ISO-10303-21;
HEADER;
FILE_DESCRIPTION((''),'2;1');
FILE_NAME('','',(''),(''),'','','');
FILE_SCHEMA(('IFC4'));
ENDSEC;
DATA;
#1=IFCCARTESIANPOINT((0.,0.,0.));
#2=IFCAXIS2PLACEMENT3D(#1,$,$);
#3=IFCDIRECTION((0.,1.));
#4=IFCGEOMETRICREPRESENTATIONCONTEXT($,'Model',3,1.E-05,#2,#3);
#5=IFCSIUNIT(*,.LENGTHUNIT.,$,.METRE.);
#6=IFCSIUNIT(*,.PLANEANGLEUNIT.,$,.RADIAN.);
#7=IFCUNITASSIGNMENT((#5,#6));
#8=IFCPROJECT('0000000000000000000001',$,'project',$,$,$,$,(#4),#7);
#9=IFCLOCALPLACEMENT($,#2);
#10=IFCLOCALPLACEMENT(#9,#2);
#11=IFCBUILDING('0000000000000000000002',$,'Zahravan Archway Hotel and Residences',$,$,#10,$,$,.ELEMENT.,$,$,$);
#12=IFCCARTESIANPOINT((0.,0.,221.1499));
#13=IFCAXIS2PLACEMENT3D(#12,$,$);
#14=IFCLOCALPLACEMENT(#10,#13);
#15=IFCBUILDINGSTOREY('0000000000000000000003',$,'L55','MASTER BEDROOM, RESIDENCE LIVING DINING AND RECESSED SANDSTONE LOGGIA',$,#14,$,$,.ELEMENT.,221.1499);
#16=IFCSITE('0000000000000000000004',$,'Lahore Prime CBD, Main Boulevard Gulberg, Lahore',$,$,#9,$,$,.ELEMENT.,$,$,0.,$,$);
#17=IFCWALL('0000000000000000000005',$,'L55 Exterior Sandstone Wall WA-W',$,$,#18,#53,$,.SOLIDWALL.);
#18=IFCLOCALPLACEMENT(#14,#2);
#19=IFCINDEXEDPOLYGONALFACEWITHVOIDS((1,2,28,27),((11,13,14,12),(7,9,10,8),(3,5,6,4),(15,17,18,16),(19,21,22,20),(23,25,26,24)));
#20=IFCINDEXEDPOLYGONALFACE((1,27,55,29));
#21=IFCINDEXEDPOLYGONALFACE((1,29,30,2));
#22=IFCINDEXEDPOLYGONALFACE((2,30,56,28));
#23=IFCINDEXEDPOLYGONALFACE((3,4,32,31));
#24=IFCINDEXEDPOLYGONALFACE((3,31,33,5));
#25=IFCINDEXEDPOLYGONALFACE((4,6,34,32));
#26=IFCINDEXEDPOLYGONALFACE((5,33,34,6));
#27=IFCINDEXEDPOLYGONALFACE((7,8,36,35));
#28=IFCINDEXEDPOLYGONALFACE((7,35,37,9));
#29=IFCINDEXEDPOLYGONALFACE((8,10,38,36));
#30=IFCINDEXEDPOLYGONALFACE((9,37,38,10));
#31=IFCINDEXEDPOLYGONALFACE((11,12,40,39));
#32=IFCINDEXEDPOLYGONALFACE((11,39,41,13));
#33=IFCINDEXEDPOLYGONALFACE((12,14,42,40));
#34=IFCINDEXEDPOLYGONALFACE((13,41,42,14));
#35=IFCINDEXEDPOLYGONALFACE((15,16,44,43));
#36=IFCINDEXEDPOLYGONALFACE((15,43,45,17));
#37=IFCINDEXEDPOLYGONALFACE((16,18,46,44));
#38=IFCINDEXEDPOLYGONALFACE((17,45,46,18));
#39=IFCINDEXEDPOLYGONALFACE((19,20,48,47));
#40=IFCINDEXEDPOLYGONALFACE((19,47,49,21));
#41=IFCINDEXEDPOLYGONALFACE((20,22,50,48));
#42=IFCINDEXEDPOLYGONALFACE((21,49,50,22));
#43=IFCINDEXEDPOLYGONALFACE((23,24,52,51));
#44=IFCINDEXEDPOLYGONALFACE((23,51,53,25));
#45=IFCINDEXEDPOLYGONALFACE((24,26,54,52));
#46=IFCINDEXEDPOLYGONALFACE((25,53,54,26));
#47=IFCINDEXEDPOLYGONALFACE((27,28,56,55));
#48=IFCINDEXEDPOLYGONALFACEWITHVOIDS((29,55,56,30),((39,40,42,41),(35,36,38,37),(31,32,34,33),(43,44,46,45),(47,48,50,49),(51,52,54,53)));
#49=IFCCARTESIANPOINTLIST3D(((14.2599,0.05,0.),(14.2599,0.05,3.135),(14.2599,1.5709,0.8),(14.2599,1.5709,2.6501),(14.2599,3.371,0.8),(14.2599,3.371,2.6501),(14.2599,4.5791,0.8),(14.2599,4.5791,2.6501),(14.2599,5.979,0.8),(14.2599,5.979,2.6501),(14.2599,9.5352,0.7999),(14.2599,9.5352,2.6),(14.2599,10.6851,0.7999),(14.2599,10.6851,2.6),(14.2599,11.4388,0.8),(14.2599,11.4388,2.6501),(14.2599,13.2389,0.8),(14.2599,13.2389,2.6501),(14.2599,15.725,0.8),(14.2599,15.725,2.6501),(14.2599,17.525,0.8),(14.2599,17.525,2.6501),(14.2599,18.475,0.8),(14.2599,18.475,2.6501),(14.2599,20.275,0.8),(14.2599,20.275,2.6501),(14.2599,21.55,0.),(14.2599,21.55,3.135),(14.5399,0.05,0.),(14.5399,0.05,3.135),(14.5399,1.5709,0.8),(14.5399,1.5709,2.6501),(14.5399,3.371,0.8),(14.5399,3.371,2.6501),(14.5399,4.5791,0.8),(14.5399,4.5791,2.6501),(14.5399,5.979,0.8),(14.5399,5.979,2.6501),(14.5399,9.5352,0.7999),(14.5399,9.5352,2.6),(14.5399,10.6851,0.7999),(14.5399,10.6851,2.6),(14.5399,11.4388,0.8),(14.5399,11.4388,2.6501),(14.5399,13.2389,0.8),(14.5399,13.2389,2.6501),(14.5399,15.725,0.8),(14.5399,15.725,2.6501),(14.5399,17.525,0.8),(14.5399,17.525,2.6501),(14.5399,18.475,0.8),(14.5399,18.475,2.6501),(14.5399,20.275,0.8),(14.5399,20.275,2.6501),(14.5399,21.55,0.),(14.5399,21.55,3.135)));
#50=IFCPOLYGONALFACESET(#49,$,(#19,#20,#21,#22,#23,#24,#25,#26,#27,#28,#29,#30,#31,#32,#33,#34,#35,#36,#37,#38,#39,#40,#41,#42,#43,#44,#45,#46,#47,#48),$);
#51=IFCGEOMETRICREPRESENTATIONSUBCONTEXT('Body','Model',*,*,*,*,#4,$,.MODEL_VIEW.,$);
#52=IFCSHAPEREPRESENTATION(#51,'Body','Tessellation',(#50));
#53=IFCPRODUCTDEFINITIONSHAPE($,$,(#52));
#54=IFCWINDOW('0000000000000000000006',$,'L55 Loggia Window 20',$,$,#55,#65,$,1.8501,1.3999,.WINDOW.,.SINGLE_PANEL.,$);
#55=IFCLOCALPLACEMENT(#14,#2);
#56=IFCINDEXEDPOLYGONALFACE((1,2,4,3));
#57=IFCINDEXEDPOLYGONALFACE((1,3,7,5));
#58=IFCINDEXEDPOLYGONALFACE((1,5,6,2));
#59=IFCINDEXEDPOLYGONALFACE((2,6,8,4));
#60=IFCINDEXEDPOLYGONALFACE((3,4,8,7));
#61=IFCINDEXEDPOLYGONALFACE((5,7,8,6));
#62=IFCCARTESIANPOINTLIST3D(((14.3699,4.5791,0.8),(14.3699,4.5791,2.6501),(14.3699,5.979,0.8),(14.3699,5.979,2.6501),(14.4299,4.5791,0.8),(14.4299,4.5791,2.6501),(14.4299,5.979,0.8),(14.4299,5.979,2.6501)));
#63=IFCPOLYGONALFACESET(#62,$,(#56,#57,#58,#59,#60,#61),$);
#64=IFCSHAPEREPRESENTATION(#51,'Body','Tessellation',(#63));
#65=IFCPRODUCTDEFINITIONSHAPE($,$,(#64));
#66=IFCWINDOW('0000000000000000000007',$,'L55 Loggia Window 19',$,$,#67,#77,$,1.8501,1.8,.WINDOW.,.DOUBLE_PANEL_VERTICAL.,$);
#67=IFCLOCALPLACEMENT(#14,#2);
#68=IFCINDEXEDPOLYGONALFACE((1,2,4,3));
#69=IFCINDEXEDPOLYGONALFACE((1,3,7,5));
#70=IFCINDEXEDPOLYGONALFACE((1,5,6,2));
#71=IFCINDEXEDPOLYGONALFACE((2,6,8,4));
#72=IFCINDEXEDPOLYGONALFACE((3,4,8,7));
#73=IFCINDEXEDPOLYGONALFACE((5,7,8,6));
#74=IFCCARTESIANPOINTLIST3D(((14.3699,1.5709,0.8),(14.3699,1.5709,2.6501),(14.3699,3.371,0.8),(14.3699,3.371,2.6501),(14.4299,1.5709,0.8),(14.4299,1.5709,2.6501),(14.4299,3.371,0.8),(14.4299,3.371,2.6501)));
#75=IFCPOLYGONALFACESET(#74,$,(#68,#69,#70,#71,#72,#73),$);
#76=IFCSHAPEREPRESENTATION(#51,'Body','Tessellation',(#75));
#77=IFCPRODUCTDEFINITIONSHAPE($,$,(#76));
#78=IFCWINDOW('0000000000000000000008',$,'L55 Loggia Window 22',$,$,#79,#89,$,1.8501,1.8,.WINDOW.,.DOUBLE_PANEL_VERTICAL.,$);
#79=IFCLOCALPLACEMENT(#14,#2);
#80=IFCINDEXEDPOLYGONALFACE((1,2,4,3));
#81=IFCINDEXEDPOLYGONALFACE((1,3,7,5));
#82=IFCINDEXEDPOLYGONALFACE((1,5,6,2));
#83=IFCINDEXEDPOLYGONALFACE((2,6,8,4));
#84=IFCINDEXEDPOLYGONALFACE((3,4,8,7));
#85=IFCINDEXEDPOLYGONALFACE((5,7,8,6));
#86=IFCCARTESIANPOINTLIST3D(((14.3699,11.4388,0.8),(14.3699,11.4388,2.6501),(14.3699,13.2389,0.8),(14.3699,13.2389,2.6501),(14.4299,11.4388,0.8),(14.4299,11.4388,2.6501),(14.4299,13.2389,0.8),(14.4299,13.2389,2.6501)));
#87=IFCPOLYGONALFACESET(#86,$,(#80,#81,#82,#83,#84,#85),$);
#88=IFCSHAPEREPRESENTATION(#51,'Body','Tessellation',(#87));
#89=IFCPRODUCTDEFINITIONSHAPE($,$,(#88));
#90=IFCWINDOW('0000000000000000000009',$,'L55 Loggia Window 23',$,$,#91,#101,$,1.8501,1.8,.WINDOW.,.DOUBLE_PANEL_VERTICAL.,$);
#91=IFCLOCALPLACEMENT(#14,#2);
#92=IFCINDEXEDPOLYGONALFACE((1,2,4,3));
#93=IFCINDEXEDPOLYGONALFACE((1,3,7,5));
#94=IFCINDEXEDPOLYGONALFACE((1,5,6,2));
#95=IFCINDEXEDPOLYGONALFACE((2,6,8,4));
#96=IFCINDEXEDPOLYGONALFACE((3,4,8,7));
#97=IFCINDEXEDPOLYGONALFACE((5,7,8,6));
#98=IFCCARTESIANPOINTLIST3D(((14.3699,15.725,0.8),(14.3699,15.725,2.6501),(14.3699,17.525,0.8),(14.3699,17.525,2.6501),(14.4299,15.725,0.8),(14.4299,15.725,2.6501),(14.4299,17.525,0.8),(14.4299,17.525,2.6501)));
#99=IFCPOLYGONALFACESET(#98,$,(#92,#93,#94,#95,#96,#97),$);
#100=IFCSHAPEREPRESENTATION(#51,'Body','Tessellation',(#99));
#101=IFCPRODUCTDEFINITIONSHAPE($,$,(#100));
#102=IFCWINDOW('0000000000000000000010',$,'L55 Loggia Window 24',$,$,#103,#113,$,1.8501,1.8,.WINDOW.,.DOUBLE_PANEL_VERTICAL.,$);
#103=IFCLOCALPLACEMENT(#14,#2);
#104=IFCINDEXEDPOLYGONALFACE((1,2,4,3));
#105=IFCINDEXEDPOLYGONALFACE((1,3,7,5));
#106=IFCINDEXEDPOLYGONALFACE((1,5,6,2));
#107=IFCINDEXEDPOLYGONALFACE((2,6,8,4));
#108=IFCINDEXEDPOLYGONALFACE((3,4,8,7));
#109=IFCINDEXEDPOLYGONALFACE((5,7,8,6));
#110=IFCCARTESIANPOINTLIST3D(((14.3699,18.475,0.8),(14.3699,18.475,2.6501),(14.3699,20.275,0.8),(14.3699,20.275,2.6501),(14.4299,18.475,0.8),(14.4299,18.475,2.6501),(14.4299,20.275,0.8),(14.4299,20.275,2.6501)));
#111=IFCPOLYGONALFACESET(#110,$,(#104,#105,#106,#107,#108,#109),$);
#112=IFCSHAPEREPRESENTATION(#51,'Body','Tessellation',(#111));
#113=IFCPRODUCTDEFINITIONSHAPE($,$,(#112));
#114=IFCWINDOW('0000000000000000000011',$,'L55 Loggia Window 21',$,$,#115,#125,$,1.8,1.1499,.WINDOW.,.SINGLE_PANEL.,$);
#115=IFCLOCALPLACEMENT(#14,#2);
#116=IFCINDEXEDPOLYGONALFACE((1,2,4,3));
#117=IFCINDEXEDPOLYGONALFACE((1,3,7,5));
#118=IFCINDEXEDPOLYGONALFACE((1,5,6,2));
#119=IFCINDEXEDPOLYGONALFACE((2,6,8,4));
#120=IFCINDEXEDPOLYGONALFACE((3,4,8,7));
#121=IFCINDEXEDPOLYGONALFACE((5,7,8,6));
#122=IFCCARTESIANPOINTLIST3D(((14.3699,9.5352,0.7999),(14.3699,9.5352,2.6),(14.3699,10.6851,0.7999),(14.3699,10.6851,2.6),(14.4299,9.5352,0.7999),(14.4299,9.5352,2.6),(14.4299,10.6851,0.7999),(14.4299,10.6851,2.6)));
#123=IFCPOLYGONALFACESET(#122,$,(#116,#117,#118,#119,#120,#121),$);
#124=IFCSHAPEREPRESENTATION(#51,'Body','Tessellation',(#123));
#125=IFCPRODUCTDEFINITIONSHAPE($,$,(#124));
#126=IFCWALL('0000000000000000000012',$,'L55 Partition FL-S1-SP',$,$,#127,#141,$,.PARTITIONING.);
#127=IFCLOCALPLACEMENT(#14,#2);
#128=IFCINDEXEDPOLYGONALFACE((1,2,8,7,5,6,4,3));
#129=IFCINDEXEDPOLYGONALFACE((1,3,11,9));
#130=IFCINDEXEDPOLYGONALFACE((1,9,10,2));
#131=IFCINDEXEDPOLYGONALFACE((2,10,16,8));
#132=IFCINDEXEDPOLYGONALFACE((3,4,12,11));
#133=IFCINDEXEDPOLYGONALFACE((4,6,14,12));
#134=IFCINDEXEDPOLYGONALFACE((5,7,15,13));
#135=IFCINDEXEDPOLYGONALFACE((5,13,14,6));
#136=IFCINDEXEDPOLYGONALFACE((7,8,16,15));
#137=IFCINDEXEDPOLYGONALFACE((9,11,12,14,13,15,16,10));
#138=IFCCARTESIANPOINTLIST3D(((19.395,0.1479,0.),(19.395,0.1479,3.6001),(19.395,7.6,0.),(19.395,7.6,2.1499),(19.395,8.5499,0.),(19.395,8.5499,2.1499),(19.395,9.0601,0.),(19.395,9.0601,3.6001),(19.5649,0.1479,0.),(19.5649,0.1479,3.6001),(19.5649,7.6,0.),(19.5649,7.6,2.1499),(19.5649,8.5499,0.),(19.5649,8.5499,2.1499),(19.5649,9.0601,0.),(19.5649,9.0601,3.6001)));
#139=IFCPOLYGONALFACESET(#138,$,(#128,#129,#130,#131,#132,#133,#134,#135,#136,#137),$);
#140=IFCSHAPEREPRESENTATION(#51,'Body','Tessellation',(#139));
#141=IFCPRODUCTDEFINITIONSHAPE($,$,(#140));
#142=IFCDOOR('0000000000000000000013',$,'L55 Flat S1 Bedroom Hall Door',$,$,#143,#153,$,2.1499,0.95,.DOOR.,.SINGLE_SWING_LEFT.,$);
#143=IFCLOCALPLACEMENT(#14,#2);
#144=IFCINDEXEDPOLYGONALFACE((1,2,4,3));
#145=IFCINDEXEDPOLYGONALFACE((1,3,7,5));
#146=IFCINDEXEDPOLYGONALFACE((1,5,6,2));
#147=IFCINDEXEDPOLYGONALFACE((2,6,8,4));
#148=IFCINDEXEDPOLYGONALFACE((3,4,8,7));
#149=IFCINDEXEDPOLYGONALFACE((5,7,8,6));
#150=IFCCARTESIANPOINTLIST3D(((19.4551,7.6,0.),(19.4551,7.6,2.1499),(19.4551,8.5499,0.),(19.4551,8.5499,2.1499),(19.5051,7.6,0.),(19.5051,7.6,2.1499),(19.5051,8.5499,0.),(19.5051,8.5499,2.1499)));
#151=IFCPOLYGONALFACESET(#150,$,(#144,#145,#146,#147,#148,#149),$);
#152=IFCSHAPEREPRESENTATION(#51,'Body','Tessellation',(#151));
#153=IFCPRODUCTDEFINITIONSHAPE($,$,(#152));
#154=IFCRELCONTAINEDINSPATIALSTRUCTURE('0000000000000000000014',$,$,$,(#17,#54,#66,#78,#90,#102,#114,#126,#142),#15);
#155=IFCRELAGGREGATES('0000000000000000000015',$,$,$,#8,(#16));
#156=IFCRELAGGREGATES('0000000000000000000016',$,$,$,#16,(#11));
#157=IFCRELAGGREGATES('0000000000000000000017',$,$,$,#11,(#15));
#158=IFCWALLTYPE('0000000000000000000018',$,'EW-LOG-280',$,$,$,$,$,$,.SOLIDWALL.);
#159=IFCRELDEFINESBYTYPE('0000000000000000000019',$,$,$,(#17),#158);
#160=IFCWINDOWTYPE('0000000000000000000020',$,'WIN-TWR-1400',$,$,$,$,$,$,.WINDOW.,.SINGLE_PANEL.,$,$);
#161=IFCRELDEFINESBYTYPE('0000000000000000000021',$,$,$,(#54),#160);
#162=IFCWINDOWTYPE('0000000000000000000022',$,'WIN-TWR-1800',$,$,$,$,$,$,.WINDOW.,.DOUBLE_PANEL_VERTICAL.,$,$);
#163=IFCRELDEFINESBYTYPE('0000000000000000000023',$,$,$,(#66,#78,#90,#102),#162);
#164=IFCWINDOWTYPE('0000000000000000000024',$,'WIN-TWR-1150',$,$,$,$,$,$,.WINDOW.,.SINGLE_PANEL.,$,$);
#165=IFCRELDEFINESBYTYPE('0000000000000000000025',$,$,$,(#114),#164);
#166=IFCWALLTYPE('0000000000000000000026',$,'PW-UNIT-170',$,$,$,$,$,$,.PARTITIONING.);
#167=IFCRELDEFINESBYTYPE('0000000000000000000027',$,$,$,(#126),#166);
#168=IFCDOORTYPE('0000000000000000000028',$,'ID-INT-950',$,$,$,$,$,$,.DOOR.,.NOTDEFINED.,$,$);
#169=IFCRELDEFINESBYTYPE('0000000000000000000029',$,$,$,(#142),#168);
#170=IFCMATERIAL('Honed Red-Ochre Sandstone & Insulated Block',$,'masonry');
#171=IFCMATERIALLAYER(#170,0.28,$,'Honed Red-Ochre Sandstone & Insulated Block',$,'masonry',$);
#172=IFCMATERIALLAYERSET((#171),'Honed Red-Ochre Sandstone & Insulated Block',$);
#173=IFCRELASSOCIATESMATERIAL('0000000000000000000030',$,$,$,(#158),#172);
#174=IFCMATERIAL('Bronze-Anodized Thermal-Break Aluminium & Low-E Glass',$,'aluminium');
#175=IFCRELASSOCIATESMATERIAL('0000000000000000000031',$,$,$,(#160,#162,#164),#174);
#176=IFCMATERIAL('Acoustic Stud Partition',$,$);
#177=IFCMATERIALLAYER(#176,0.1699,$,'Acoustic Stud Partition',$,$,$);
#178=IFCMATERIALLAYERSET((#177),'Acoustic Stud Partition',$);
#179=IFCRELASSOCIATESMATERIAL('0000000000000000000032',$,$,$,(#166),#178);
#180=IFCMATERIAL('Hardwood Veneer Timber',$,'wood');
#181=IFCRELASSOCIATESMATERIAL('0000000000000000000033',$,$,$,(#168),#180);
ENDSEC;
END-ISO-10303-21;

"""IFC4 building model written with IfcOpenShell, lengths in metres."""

from ifc_helpers import new_model, si_unit, direction, frame, frame_2d, origin, place, context, subcontext, project, spatial, rectangle, extrude, source, transform, mapped, material, layer, layer_set, type_object, type_shapes, element, fill, save


model = new_model("IFC4")

# Units and contexts
model_context = context("Model", 3, precision=1e-05, world=origin(), true_north=direction((0.0, 1.0)))
body_context = subcontext(model_context, "Body", "Model", "MODEL_VIEW")
ifc_project = project(units=[si_unit("LENGTHUNIT", "METRE"), si_unit("PLANEANGLEUNIT", "RADIAN")], contexts=[model_context])

# Site, building, storey
site_placement = place(None, origin())
site = spatial("IfcSite", under=ifc_project, at=site_placement, Name="Lahore Prime CBD, Main Boulevard Gulberg, Lahore", CompositionType="ELEMENT", RefElevation=0.0)
building_placement = place(site_placement, origin())
building = spatial("IfcBuilding", under=site, at=building_placement, Name="Zahravan Archway Hotel and Residences", CompositionType="ELEMENT")
storey_placement = place(building_placement, frame((0.0, 0.0, 221.1499)))
storey = spatial("IfcBuildingStorey", under=building, at=storey_placement, Name="L55", Description="MASTER BEDROOM, RESIDENCE LIVING DINING AND RECESSED SANDSTONE LOGGIA", CompositionType="ELEMENT", Elevation=221.1499)

# Wall, openings, windows
ifc_material_1 = material(Name="Honed Red-Ochre Sandstone & Insulated Block", Category="masonry")
ifc_layer_1 = layer(ifc_material_1, 0.28, Name="Honed Red-Ochre Sandstone & Insulated Block", Category="masonry")
ifc_layer_set_1 = layer_set([ifc_layer_1], Name="Honed Red-Ochre Sandstone & Insulated Block")
wall_type_1 = type_object("IfcWallType", Name="EW-LOG-280", PredefinedType="SOLIDWALL", material=ifc_layer_set_1)
wall_1_placement = place(storey_placement, frame((14.3999, 0.05, 0.0), z_axis=(0.0, 0.0, 1.0), x_axis=(0.0, 1.0, 0.0)))
wall_1 = element("IfcWall", 1, at=wall_1_placement, inside=storey, type_object=wall_type_1, Name="L55 Exterior Sandstone Wall WA-W", PredefinedType="SOLIDWALL", context=body_context, shape_type="SweptSolid", body=[
    extrude(rectangle(XDim=21.5, YDim=0.28, at=frame_2d((10.75, 0.0))), origin(), (0.0, 0.0, 1.0), 3.135),
])
opening_1_placement = place(wall_1_placement, frame((1.521, 0.0, 0.8)))
opening_1 = element("IfcOpeningElement", 2, at=opening_1_placement, cuts=wall_1, PredefinedType="OPENING", context=body_context, shape_type="SweptSolid", body=[
    extrude(rectangle(XDim=1.8, YDim=1.8501, at=frame_2d((0.8999, 0.925))), frame((0.0, 0.1499, 0.0), z_axis=(0.0, -1.0, 0.0), x_axis=(1.0, 0.0, 0.0)), (0.0, 0.0, 1.0), 0.3),
])
opening_2_placement = place(wall_1_placement, frame((4.5291, 0.0, 0.8)))
opening_2 = element("IfcOpeningElement", 3, at=opening_2_placement, cuts=wall_1, PredefinedType="OPENING", context=body_context, shape_type="SweptSolid", body=[
    extrude(rectangle(XDim=1.3999, YDim=1.8501, at=frame_2d((0.7, 0.925))), frame((0.0, 0.1499, 0.0), z_axis=(0.0, -1.0, 0.0), x_axis=(1.0, 0.0, 0.0)), (0.0, 0.0, 1.0), 0.3),
])
opening_3_placement = place(wall_1_placement, frame((9.4851, 0.0, 0.8)))
opening_3 = element("IfcOpeningElement", 4, at=opening_3_placement, cuts=wall_1, PredefinedType="OPENING", context=body_context, shape_type="SweptSolid", body=[
    extrude(rectangle(XDim=1.1499, YDim=1.8, at=frame_2d((0.575, 0.8999))), frame((0.0, 0.1499, 0.0), z_axis=(0.0, -1.0, 0.0), x_axis=(1.0, 0.0, 0.0)), (0.0, 0.0, 1.0), 0.3),
])
opening_4_placement = place(wall_1_placement, frame((11.3889, 0.0, 0.8)))
opening_4 = element("IfcOpeningElement", 5, at=opening_4_placement, cuts=wall_1, PredefinedType="OPENING", context=body_context, shape_type="SweptSolid", body=[
    extrude(rectangle(XDim=1.8, YDim=1.8501, at=frame_2d((0.8999, 0.925))), frame((0.0, 0.1499, 0.0), z_axis=(0.0, -1.0, 0.0), x_axis=(1.0, 0.0, 0.0)), (0.0, 0.0, 1.0), 0.3),
])
opening_5_placement = place(wall_1_placement, frame((15.675, 0.0, 0.8)))
opening_5 = element("IfcOpeningElement", 6, at=opening_5_placement, cuts=wall_1, PredefinedType="OPENING", context=body_context, shape_type="SweptSolid", body=[
    extrude(rectangle(XDim=1.8, YDim=1.8501, at=frame_2d((0.8999, 0.925))), frame((0.0, 0.1499, 0.0), z_axis=(0.0, -1.0, 0.0), x_axis=(1.0, 0.0, 0.0)), (0.0, 0.0, 1.0), 0.3),
])
opening_6_placement = place(wall_1_placement, frame((18.425, 0.0, 0.8)))
opening_6 = element("IfcOpeningElement", 7, at=opening_6_placement, cuts=wall_1, PredefinedType="OPENING", context=body_context, shape_type="SweptSolid", body=[
    extrude(rectangle(XDim=1.8, YDim=1.8501, at=frame_2d((0.8999, 0.925))), frame((0.0, 0.1499, 0.0), z_axis=(0.0, -1.0, 0.0), x_axis=(1.0, 0.0, 0.0)), (0.0, 0.0, 1.0), 0.3),
])
ifc_material_2 = material(Name="Bronze-Anodized Thermal-Break Aluminium & Low-E Glass", Category="aluminium")
window_type_1 = type_object("IfcWindowType", Name="WIN-TWR-1400", PartitioningType="SINGLE_PANEL", PredefinedType="WINDOW", material=ifc_material_2)
shared_shape_1 = source(origin(), body_context, "Body", "SweptSolid", [
    extrude(rectangle(XDim=1.3999, YDim=1.8501, at=frame_2d((0.7, 0.925))), frame((0.0, 0.03, 0.0), z_axis=(0.0, -1.0, 0.0), x_axis=(1.0, 0.0, 0.0)), (0.0, 0.0, 1.0), 0.0601),
])
type_shapes(window_type_1, [shared_shape_1])
window_1_placement = place(opening_2_placement, origin())
window_1 = element("IfcWindow", 8, at=window_1_placement, inside=storey, type_object=window_type_1, Name="L55 Loggia Window 20", OverallHeight=1.8501, OverallWidth=1.3999, PartitioningType="SINGLE_PANEL", PredefinedType="WINDOW", context=body_context, shape_type="MappedRepresentation", body=[
    mapped(shared_shape_1, transform((0.0, 0.0, 0.0), scale=1.0)),
])
fill(opening_2, window_1)
window_type_2 = type_object("IfcWindowType", Name="WIN-TWR-1800", PartitioningType="DOUBLE_PANEL_VERTICAL", PredefinedType="WINDOW", material=ifc_material_2)
shared_shape_2 = source(origin(), body_context, "Body", "SweptSolid", [
    extrude(rectangle(XDim=1.8, YDim=1.8501, at=frame_2d((0.8999, 0.925))), frame((0.0, 0.03, 0.0), z_axis=(0.0, -1.0, 0.0), x_axis=(1.0, 0.0, 0.0)), (0.0, 0.0, 1.0), 0.0601),
])
type_shapes(window_type_2, [shared_shape_2])
window_2_placement = place(opening_1_placement, origin())
window_2 = element("IfcWindow", 9, at=window_2_placement, inside=storey, type_object=window_type_2, Name="L55 Loggia Window 19", OverallHeight=1.8501, OverallWidth=1.8, PartitioningType="DOUBLE_PANEL_VERTICAL", PredefinedType="WINDOW", context=body_context, shape_type="MappedRepresentation", body=[
    mapped(shared_shape_2, transform((0.0, 0.0, 0.0), scale=1.0)),
])
fill(opening_1, window_2)
window_3_placement = place(opening_4_placement, origin())
window_3 = element("IfcWindow", 10, at=window_3_placement, inside=storey, type_object=window_type_2, Name="L55 Loggia Window 22", OverallHeight=1.8501, OverallWidth=1.8, PartitioningType="DOUBLE_PANEL_VERTICAL", PredefinedType="WINDOW", context=body_context, shape_type="MappedRepresentation", body=[
    mapped(shared_shape_2, transform((0.0, 0.0, 0.0), scale=1.0)),
])
fill(opening_4, window_3)
window_4_placement = place(opening_5_placement, origin())
window_4 = element("IfcWindow", 11, at=window_4_placement, inside=storey, type_object=window_type_2, Name="L55 Loggia Window 23", OverallHeight=1.8501, OverallWidth=1.8, PartitioningType="DOUBLE_PANEL_VERTICAL", PredefinedType="WINDOW", context=body_context, shape_type="MappedRepresentation", body=[
    mapped(shared_shape_2, transform((0.0, 0.0, 0.0), scale=1.0)),
])
fill(opening_5, window_4)
window_5_placement = place(opening_6_placement, origin())
window_5 = element("IfcWindow", 12, at=window_5_placement, inside=storey, type_object=window_type_2, Name="L55 Loggia Window 24", OverallHeight=1.8501, OverallWidth=1.8, PartitioningType="DOUBLE_PANEL_VERTICAL", PredefinedType="WINDOW", context=body_context, shape_type="MappedRepresentation", body=[
    mapped(shared_shape_2, transform((0.0, 0.0, 0.0), scale=1.0)),
])
fill(opening_6, window_5)
window_type_3 = type_object("IfcWindowType", Name="WIN-TWR-1150", PartitioningType="SINGLE_PANEL", PredefinedType="WINDOW", material=ifc_material_2)
shared_shape_3 = source(origin(), body_context, "Body", "SweptSolid", [
    extrude(rectangle(XDim=1.1499, YDim=1.8, at=frame_2d((0.575, 0.8999))), frame((0.0, 0.03, 0.0), z_axis=(0.0, -1.0, 0.0), x_axis=(1.0, 0.0, 0.0)), (0.0, 0.0, 1.0), 0.0601),
])
type_shapes(window_type_3, [shared_shape_3])
window_6_placement = place(opening_3_placement, origin())
window_6 = element("IfcWindow", 13, at=window_6_placement, inside=storey, type_object=window_type_3, Name="L55 Loggia Window 21", OverallHeight=1.8, OverallWidth=1.1499, PartitioningType="SINGLE_PANEL", PredefinedType="WINDOW", context=body_context, shape_type="MappedRepresentation", body=[
    mapped(shared_shape_3, transform((0.0, 0.0, 0.0), scale=1.0)),
])
fill(opening_3, window_6)

# Wall, opening, door
ifc_material_3 = material(Name="Acoustic Stud Partition")
ifc_layer_2 = layer(ifc_material_3, 0.1699, Name="Acoustic Stud Partition")
ifc_layer_set_2 = layer_set([ifc_layer_2], Name="Acoustic Stud Partition")
wall_type_2 = type_object("IfcWallType", Name="PW-UNIT-170", PredefinedType="PARTITIONING", material=ifc_layer_set_2)
wall_2_placement = place(storey_placement, frame((19.48, 0.1479, 0.0), z_axis=(0.0, 0.0, 1.0), x_axis=(0.0, 1.0, 0.0)))
wall_2 = element("IfcWall", 14, at=wall_2_placement, inside=storey, type_object=wall_type_2, Name="L55 Partition FL-S1-SP", PredefinedType="PARTITIONING", context=body_context, shape_type="SweptSolid", body=[
    extrude(rectangle(XDim=8.9121, YDim=0.1699, at=frame_2d((4.4561, 0.0))), origin(), (0.0, 0.0, 1.0), 3.6001),
])
opening_7_placement = place(wall_2_placement, frame((7.4519, 0.0, 0.0)))
opening_7 = element("IfcOpeningElement", 15, at=opening_7_placement, cuts=wall_2, PredefinedType="OPENING", context=body_context, shape_type="SweptSolid", body=[
    extrude(rectangle(XDim=0.95, YDim=2.1499, at=frame_2d((0.4751, 1.075))), frame((0.0, 0.095, 0.0), z_axis=(0.0, -1.0, 0.0), x_axis=(1.0, 0.0, 0.0)), (0.0, 0.0, 1.0), 0.1899),
])
ifc_material_4 = material(Name="Hardwood Veneer Timber", Category="wood")
door_type_1 = type_object("IfcDoorType", Name="ID-INT-950", OperationType="NOTDEFINED", PredefinedType="DOOR", material=ifc_material_4)
shared_shape_4 = source(origin(), body_context, "Body", "SweptSolid", [
    extrude(rectangle(XDim=0.95, YDim=2.1499, at=frame_2d((0.4751, 1.075))), frame((0.0, 0.0249, 0.0), z_axis=(0.0, -1.0, 0.0), x_axis=(1.0, 0.0, 0.0)), (0.0, 0.0, 1.0), 0.05),
])
type_shapes(door_type_1, [shared_shape_4])
door_1_placement = place(opening_7_placement, origin())
door_1 = element("IfcDoor", 16, at=door_1_placement, inside=storey, type_object=door_type_1, Name="L55 Flat S1 Bedroom Hall Door", OperationType="SINGLE_SWING_LEFT", OverallHeight=2.1499, OverallWidth=0.95, PredefinedType="DOOR", context=body_context, shape_type="MappedRepresentation", body=[
    mapped(shared_shape_4, transform((0.0, 0.0, 0.0), scale=1.0)),
])
fill(opening_7, door_1)

save(model, "model.ifc")
